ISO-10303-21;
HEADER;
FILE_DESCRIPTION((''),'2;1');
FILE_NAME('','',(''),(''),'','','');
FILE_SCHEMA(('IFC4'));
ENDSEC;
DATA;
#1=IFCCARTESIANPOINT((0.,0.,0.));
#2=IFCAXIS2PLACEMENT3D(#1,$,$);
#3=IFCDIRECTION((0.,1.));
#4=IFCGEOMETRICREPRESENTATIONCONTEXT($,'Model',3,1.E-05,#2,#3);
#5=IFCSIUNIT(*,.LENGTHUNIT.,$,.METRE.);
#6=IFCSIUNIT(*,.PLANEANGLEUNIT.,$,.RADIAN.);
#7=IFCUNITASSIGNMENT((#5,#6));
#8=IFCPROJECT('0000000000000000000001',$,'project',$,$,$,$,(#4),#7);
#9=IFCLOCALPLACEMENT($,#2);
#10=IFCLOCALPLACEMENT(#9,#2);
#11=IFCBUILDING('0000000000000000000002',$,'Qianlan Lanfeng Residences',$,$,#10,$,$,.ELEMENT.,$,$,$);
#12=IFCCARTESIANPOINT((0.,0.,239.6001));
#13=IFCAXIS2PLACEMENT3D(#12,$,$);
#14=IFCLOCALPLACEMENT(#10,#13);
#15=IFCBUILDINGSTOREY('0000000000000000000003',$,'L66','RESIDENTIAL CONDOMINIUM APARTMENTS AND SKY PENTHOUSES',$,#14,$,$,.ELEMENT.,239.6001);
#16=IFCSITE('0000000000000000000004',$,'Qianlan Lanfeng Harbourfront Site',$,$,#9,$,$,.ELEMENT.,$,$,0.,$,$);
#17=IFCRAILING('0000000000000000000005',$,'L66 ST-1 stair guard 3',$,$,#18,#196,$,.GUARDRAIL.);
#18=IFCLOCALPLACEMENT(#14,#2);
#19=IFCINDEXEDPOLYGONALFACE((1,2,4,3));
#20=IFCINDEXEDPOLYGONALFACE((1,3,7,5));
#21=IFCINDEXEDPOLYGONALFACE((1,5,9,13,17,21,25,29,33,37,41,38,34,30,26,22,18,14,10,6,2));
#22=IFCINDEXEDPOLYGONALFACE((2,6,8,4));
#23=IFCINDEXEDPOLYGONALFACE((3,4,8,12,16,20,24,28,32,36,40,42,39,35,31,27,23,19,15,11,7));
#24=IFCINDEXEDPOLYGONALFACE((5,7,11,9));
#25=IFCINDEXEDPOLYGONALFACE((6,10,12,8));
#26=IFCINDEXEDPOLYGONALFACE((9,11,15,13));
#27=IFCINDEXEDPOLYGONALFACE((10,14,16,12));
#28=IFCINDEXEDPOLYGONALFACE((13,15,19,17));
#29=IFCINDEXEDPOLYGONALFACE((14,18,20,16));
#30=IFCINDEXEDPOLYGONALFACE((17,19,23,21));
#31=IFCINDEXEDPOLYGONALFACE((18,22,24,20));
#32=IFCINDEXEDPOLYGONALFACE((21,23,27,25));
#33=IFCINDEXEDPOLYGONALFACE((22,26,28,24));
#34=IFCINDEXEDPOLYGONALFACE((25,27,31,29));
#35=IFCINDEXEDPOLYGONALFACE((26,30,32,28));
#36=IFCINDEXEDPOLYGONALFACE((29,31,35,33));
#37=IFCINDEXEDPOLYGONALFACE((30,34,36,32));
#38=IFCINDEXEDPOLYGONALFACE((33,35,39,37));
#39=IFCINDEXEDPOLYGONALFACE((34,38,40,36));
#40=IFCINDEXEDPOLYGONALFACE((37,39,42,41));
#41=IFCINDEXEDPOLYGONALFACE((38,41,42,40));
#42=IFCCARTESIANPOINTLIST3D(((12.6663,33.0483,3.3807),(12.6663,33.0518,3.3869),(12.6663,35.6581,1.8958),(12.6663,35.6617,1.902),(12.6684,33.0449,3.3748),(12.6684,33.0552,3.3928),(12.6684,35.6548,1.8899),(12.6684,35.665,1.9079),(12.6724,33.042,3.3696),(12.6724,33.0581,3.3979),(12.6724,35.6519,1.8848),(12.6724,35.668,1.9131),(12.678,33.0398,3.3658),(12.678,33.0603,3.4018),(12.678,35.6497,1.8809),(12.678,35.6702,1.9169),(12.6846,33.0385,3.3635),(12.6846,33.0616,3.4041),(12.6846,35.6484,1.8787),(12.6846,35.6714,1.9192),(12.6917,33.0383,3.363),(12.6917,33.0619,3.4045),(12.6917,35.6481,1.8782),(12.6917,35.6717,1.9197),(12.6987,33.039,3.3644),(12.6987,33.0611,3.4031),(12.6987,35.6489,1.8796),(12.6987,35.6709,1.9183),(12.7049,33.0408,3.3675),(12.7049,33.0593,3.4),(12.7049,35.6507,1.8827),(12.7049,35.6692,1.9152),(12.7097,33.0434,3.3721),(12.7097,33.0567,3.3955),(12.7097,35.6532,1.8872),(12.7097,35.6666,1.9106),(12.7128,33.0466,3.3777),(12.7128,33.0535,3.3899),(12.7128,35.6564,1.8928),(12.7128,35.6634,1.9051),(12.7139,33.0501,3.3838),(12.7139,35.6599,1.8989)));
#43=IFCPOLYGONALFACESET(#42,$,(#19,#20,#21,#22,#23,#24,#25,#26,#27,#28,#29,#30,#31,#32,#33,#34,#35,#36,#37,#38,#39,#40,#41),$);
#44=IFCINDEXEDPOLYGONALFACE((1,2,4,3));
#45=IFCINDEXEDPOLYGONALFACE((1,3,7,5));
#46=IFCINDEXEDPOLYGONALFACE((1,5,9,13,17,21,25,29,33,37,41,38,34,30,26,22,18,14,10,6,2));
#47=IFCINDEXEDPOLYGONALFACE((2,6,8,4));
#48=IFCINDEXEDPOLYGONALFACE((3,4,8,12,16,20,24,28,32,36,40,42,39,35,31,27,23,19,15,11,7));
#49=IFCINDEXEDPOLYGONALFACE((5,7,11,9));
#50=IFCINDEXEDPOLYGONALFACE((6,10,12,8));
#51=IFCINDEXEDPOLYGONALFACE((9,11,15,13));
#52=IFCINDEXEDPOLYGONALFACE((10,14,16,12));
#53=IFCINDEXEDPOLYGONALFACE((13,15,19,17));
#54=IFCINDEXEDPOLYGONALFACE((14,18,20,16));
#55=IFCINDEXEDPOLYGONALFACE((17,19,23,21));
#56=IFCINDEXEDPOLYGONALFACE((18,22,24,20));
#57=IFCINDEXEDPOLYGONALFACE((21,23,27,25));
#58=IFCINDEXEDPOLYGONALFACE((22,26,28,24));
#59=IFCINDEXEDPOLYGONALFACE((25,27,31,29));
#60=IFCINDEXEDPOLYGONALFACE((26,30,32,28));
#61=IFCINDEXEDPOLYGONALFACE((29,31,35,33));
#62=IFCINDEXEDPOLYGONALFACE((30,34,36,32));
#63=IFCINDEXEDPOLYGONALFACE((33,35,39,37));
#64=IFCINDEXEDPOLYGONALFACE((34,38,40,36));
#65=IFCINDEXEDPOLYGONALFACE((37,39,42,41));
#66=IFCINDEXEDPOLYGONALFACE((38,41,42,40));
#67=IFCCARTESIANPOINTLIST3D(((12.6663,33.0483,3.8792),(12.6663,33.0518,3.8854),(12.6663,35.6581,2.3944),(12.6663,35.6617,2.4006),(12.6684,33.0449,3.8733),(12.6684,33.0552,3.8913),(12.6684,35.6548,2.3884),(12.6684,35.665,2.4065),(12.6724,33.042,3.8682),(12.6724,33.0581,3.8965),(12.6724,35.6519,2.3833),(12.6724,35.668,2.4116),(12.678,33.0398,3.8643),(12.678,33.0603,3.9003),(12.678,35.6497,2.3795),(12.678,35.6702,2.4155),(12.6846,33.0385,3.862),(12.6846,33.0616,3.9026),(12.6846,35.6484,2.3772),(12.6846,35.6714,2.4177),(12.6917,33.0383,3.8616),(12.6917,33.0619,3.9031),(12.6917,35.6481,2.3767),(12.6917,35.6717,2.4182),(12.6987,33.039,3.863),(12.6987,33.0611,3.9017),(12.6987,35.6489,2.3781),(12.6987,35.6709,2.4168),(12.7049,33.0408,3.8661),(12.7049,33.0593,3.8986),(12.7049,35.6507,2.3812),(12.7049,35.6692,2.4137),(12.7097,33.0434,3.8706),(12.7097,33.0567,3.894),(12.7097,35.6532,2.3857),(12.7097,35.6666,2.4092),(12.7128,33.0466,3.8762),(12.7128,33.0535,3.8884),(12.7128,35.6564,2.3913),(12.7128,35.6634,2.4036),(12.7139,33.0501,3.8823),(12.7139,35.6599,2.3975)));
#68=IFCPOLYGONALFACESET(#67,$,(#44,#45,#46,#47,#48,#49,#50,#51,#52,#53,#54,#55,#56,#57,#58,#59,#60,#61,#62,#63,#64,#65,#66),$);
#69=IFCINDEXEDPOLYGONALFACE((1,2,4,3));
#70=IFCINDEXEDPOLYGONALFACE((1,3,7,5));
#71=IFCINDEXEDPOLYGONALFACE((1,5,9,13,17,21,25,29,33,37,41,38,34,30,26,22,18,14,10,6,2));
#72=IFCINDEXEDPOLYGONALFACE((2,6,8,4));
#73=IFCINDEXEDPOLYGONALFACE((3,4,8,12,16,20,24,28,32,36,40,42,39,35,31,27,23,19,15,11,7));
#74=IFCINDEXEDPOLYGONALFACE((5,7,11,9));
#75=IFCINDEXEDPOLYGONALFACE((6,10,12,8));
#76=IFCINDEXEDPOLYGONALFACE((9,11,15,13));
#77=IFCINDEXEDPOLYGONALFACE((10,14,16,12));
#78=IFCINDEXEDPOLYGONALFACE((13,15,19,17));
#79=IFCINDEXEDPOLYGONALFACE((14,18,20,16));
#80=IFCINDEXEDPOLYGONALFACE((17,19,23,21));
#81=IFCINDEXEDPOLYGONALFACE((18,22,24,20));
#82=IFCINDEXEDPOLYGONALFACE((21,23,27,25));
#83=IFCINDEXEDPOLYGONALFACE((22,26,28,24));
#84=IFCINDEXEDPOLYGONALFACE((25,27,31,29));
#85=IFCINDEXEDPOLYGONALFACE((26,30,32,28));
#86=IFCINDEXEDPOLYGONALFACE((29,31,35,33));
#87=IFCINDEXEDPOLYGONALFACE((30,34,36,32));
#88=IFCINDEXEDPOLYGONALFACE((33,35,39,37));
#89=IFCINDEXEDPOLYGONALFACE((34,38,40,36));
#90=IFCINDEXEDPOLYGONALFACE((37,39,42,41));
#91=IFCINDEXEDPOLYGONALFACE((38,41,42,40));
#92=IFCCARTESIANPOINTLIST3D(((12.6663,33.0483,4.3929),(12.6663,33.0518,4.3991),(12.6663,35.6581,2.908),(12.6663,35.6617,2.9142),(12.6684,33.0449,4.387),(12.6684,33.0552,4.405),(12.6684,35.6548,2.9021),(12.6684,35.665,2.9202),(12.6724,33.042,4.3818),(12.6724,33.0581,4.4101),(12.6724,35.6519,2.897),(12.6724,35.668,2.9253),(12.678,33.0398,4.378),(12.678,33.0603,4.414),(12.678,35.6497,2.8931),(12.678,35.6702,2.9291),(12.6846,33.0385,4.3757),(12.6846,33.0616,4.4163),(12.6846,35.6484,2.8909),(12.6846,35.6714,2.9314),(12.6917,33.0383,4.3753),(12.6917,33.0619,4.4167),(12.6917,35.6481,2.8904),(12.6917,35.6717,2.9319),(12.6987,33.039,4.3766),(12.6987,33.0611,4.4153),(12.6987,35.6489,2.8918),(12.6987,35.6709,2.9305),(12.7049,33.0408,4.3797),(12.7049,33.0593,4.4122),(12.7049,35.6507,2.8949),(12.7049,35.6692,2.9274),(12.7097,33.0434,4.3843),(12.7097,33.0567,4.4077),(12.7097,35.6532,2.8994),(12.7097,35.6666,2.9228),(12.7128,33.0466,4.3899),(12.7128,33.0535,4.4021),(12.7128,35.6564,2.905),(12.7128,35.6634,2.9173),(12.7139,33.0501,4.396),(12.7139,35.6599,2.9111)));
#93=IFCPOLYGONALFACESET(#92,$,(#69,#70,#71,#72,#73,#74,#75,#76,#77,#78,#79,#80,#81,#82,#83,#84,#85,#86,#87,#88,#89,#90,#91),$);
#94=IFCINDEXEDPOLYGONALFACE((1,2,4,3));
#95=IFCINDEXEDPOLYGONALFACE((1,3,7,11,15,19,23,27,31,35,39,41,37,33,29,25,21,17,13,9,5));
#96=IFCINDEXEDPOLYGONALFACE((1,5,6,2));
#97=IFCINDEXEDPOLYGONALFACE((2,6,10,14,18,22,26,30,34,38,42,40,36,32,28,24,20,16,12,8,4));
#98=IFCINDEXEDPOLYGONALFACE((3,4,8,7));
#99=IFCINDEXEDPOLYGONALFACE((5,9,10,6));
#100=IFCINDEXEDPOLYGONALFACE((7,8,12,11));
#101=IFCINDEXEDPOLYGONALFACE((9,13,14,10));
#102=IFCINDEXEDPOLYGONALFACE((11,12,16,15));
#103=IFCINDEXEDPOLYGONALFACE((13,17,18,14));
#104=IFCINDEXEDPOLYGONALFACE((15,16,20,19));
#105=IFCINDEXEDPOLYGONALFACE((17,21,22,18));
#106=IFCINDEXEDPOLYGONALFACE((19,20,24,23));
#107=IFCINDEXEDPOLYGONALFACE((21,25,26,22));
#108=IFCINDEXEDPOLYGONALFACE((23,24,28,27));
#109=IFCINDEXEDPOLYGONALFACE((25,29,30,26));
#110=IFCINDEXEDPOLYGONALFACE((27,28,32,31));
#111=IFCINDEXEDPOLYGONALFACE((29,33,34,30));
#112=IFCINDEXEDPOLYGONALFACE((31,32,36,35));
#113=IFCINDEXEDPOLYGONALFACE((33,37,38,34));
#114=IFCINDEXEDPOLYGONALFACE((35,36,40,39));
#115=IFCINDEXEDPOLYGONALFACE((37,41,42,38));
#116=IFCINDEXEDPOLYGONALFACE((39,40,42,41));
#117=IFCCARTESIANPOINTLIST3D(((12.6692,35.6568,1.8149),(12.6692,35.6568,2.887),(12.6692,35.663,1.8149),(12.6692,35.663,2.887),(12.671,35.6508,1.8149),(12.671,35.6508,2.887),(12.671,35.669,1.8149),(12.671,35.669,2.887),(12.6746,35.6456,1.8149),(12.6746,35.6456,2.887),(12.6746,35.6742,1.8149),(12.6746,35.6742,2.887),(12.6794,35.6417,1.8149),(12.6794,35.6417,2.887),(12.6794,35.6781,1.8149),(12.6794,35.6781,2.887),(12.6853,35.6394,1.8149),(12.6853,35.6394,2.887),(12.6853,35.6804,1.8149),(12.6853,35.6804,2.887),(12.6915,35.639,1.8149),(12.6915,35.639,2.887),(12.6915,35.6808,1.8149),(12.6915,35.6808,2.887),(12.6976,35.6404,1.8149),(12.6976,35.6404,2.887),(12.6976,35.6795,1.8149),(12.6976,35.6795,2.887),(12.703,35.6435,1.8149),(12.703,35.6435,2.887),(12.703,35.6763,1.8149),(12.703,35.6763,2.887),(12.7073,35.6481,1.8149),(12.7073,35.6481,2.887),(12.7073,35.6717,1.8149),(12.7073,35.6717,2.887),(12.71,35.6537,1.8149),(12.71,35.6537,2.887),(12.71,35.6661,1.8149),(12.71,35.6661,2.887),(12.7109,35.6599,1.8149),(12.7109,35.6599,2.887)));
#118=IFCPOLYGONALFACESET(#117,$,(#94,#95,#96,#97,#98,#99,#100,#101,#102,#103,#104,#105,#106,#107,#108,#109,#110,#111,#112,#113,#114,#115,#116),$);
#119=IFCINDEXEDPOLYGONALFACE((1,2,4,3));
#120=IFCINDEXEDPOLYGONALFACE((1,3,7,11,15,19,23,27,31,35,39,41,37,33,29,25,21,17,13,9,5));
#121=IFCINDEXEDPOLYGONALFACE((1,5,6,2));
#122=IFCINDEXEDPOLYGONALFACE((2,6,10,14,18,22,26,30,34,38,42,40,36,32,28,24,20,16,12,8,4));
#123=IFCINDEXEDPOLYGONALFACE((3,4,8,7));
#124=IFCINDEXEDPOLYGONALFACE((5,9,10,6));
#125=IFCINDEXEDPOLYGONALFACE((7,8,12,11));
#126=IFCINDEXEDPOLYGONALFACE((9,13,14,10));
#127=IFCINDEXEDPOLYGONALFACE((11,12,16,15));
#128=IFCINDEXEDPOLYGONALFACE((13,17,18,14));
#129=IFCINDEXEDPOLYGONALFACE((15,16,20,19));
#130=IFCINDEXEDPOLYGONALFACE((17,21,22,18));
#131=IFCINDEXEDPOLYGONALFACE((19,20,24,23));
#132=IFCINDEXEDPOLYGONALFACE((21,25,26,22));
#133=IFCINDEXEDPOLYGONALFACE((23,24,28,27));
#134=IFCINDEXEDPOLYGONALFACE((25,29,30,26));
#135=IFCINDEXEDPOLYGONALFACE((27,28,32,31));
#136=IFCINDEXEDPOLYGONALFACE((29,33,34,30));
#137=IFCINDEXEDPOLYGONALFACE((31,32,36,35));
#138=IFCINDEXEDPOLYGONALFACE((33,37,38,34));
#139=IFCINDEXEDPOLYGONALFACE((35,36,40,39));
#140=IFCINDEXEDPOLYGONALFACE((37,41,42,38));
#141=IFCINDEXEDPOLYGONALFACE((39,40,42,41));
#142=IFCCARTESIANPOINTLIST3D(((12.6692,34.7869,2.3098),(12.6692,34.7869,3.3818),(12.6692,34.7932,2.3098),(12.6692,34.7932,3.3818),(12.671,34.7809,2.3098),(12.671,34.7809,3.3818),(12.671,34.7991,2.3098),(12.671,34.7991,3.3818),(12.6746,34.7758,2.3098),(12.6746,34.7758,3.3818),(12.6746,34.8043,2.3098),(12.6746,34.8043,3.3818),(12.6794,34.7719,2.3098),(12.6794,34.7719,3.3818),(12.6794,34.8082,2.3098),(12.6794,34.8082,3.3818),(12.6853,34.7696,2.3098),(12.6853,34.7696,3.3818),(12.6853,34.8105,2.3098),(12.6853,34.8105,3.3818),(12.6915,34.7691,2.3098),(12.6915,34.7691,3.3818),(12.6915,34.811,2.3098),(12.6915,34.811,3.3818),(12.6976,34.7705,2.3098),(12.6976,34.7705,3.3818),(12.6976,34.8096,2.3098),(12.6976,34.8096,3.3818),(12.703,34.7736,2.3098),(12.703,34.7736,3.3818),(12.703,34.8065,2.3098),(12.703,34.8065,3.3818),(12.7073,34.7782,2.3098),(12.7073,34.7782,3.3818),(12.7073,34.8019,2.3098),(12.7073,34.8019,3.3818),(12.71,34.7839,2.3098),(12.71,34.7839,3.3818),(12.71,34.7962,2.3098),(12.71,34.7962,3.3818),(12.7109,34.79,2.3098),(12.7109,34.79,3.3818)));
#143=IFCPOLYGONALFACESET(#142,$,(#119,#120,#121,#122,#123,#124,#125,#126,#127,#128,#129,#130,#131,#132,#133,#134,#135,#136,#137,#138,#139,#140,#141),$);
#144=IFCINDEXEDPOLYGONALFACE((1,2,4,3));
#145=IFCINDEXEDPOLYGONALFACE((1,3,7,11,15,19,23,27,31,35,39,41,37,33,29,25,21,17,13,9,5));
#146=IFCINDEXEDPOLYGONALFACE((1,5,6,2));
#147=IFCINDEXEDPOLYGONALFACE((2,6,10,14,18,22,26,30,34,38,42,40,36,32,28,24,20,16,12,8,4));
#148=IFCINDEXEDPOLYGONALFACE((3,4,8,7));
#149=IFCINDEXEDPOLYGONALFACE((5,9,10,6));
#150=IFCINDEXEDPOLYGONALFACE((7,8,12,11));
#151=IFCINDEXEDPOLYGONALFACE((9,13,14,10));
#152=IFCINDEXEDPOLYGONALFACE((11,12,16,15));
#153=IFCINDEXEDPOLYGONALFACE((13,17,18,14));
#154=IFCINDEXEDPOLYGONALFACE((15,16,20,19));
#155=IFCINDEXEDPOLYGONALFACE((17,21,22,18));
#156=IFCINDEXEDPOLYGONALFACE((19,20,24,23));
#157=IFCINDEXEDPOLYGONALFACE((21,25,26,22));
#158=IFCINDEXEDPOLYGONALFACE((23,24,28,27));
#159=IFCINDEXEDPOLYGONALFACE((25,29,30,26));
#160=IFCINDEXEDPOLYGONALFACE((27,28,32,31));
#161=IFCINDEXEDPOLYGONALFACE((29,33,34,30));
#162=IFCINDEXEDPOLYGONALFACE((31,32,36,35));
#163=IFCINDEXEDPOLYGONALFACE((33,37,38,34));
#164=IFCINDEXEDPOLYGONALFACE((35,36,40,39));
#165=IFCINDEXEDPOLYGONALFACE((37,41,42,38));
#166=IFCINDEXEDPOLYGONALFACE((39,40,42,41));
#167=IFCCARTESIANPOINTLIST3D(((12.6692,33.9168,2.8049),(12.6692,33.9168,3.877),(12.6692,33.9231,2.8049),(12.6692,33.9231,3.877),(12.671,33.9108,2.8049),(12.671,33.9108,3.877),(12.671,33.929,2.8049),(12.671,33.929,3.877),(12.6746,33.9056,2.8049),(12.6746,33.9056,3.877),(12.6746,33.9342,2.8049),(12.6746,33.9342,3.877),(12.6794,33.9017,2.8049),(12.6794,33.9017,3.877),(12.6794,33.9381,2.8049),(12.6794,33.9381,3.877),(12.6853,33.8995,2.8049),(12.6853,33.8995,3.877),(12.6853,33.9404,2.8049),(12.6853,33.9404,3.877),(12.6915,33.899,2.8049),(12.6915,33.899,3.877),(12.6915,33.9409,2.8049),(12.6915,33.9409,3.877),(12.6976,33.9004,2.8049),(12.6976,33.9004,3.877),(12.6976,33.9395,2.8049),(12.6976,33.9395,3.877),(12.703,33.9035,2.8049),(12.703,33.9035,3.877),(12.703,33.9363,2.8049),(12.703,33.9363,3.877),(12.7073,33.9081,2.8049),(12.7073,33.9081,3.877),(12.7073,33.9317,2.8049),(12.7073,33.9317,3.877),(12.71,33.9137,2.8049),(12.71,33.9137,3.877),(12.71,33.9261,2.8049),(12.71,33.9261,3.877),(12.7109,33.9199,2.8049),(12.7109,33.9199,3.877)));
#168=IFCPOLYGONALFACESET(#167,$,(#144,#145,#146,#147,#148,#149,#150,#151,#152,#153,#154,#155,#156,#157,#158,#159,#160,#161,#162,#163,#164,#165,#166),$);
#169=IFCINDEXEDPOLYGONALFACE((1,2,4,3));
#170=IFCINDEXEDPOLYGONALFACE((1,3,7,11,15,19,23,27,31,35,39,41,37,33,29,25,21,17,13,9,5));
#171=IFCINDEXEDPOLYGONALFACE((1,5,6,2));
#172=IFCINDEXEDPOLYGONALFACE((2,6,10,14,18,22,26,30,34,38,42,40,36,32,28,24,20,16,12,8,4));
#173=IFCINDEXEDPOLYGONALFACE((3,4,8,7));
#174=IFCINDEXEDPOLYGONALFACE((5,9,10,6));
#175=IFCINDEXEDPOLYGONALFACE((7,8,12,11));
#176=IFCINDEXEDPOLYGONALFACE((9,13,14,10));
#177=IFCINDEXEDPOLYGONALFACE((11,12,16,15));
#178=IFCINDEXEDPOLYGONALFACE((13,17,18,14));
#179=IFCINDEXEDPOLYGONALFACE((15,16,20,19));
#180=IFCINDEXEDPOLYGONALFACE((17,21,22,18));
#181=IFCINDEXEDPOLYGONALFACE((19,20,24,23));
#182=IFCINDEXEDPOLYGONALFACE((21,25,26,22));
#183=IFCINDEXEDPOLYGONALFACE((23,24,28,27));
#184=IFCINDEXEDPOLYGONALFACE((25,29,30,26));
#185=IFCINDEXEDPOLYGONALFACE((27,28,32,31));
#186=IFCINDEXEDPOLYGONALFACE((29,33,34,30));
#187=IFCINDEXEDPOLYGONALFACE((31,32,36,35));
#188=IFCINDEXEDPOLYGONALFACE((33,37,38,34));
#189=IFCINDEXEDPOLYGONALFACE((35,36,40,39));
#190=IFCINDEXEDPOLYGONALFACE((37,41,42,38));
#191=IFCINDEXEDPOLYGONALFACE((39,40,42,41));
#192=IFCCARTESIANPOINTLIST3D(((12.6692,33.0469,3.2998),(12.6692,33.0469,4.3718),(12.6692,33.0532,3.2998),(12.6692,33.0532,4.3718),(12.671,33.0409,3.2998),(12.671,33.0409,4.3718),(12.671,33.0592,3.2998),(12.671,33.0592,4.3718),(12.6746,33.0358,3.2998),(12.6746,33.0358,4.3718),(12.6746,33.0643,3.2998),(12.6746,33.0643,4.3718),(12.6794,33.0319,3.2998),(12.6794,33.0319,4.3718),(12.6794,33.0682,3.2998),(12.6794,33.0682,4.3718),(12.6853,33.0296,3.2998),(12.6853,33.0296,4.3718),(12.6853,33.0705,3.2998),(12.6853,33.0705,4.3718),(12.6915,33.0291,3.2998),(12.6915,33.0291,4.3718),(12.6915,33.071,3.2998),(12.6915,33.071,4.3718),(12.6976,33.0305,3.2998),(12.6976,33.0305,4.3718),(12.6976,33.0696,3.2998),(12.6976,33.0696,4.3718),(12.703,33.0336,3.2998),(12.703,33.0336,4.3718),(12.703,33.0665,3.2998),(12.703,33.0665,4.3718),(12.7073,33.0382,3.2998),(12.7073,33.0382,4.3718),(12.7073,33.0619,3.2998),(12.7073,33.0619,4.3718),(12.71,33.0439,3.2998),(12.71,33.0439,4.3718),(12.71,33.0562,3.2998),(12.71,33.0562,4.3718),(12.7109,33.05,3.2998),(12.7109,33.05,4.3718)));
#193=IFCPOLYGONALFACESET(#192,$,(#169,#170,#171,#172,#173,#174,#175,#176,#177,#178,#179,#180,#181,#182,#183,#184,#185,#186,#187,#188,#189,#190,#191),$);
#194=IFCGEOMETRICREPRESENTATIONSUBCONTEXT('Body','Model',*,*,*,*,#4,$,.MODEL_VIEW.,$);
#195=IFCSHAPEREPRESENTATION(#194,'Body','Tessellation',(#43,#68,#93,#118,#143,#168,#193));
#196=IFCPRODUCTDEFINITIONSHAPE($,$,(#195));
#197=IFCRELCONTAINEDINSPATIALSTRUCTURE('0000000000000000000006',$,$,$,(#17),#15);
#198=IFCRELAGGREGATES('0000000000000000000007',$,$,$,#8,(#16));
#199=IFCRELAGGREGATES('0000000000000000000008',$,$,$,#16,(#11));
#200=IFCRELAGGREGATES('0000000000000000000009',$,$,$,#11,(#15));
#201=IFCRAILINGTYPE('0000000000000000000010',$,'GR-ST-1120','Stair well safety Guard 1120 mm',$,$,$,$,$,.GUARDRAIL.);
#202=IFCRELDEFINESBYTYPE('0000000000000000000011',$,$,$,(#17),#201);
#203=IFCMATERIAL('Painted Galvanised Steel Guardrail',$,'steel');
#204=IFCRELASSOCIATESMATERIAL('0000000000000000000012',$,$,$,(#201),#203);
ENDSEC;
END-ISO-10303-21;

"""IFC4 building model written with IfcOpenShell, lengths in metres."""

from ifc_helpers import new_model, si_unit, direction, frame, origin, origin_2d, place, context, subcontext, project, spatial, circle, extrude, material, type_object, element, save


model = new_model("IFC4")

# Units and contexts
model_context = context("Model", 3, precision=1e-05, world=origin(), true_north=direction((0.0, 1.0)))
body_context = subcontext(model_context, "Body", "Model", "MODEL_VIEW")
ifc_project = project(units=[si_unit("LENGTHUNIT", "METRE"), si_unit("PLANEANGLEUNIT", "RADIAN")], contexts=[model_context])

# Site, building, storey
site_placement = place(None, origin())
site = spatial("IfcSite", under=ifc_project, at=site_placement, Name="Qianlan Lanfeng Harbourfront Site", CompositionType="ELEMENT", RefElevation=0.0)
building_placement = place(site_placement, origin())
building = spatial("IfcBuilding", under=site, at=building_placement, Name="Qianlan Lanfeng Residences", CompositionType="ELEMENT")
storey_placement = place(building_placement, frame((0.0, 0.0, 239.6001)))
storey = spatial("IfcBuildingStorey", under=building, at=storey_placement, Name="L66", Description="RESIDENTIAL CONDOMINIUM APARTMENTS AND SKY PENTHOUSES", CompositionType="ELEMENT", Elevation=239.6001)

# Railing
ifc_material_1 = material(Name="Painted Galvanised Steel Guardrail", Category="steel")
railing_type = type_object("IfcRailingType", Name="GR-ST-1120", Description="Stair well safety Guard 1120 mm", PredefinedType="GUARDRAIL", material=ifc_material_1)
railing_1_placement = place(storey_placement, frame((12.6899, 35.6599, 1.8149)))
element("IfcRailing", 1, at=railing_1_placement, inside=storey, type_object=railing_type, Name="L66 ST-1 stair guard 3", PredefinedType="GUARDRAIL", context=body_context, shape_type="SweptSolid", body=[
    extrude(circle(Radius=0.0239, at=origin_2d()), frame((0.0, 0.0, 0.084), z_axis=(0.0, -0.869172, 0.494509), x_axis=(1.0, 0.0, 0.0)), (0.0, 0.0, 1.0), 3.0027),
    extrude(circle(Radius=0.0239, at=origin_2d()), frame((0.0, 0.0, 0.5825), z_axis=(0.0, -0.869172, 0.494509), x_axis=(1.0, 0.0, 0.0)), (0.0, 0.0, 1.0), 3.0027),
    extrude(circle(Radius=0.0239, at=origin_2d()), frame((0.0, 0.0, 1.0962), z_axis=(0.0, -0.869172, 0.494509), x_axis=(1.0, 0.0, 0.0)), (0.0, 0.0, 1.0), 3.0027),
    extrude(circle(Radius=0.021, at=origin_2d()), origin(), (0.0, 0.0, 1.0), 1.072),
    extrude(circle(Radius=0.021, at=origin_2d()), frame((0.0, -0.8699, 0.4949)), (0.0, 0.0, 1.0), 1.072),
    extrude(circle(Radius=0.021, at=origin_2d()), frame((0.0, -1.74, 0.99)), (0.0, 0.0, 1.0), 1.072),
    extrude(circle(Radius=0.021, at=origin_2d()), frame((0.0, -2.6099, 1.4849)), (0.0, 0.0, 1.0), 1.072),
])

save(model, "model.ifc")
